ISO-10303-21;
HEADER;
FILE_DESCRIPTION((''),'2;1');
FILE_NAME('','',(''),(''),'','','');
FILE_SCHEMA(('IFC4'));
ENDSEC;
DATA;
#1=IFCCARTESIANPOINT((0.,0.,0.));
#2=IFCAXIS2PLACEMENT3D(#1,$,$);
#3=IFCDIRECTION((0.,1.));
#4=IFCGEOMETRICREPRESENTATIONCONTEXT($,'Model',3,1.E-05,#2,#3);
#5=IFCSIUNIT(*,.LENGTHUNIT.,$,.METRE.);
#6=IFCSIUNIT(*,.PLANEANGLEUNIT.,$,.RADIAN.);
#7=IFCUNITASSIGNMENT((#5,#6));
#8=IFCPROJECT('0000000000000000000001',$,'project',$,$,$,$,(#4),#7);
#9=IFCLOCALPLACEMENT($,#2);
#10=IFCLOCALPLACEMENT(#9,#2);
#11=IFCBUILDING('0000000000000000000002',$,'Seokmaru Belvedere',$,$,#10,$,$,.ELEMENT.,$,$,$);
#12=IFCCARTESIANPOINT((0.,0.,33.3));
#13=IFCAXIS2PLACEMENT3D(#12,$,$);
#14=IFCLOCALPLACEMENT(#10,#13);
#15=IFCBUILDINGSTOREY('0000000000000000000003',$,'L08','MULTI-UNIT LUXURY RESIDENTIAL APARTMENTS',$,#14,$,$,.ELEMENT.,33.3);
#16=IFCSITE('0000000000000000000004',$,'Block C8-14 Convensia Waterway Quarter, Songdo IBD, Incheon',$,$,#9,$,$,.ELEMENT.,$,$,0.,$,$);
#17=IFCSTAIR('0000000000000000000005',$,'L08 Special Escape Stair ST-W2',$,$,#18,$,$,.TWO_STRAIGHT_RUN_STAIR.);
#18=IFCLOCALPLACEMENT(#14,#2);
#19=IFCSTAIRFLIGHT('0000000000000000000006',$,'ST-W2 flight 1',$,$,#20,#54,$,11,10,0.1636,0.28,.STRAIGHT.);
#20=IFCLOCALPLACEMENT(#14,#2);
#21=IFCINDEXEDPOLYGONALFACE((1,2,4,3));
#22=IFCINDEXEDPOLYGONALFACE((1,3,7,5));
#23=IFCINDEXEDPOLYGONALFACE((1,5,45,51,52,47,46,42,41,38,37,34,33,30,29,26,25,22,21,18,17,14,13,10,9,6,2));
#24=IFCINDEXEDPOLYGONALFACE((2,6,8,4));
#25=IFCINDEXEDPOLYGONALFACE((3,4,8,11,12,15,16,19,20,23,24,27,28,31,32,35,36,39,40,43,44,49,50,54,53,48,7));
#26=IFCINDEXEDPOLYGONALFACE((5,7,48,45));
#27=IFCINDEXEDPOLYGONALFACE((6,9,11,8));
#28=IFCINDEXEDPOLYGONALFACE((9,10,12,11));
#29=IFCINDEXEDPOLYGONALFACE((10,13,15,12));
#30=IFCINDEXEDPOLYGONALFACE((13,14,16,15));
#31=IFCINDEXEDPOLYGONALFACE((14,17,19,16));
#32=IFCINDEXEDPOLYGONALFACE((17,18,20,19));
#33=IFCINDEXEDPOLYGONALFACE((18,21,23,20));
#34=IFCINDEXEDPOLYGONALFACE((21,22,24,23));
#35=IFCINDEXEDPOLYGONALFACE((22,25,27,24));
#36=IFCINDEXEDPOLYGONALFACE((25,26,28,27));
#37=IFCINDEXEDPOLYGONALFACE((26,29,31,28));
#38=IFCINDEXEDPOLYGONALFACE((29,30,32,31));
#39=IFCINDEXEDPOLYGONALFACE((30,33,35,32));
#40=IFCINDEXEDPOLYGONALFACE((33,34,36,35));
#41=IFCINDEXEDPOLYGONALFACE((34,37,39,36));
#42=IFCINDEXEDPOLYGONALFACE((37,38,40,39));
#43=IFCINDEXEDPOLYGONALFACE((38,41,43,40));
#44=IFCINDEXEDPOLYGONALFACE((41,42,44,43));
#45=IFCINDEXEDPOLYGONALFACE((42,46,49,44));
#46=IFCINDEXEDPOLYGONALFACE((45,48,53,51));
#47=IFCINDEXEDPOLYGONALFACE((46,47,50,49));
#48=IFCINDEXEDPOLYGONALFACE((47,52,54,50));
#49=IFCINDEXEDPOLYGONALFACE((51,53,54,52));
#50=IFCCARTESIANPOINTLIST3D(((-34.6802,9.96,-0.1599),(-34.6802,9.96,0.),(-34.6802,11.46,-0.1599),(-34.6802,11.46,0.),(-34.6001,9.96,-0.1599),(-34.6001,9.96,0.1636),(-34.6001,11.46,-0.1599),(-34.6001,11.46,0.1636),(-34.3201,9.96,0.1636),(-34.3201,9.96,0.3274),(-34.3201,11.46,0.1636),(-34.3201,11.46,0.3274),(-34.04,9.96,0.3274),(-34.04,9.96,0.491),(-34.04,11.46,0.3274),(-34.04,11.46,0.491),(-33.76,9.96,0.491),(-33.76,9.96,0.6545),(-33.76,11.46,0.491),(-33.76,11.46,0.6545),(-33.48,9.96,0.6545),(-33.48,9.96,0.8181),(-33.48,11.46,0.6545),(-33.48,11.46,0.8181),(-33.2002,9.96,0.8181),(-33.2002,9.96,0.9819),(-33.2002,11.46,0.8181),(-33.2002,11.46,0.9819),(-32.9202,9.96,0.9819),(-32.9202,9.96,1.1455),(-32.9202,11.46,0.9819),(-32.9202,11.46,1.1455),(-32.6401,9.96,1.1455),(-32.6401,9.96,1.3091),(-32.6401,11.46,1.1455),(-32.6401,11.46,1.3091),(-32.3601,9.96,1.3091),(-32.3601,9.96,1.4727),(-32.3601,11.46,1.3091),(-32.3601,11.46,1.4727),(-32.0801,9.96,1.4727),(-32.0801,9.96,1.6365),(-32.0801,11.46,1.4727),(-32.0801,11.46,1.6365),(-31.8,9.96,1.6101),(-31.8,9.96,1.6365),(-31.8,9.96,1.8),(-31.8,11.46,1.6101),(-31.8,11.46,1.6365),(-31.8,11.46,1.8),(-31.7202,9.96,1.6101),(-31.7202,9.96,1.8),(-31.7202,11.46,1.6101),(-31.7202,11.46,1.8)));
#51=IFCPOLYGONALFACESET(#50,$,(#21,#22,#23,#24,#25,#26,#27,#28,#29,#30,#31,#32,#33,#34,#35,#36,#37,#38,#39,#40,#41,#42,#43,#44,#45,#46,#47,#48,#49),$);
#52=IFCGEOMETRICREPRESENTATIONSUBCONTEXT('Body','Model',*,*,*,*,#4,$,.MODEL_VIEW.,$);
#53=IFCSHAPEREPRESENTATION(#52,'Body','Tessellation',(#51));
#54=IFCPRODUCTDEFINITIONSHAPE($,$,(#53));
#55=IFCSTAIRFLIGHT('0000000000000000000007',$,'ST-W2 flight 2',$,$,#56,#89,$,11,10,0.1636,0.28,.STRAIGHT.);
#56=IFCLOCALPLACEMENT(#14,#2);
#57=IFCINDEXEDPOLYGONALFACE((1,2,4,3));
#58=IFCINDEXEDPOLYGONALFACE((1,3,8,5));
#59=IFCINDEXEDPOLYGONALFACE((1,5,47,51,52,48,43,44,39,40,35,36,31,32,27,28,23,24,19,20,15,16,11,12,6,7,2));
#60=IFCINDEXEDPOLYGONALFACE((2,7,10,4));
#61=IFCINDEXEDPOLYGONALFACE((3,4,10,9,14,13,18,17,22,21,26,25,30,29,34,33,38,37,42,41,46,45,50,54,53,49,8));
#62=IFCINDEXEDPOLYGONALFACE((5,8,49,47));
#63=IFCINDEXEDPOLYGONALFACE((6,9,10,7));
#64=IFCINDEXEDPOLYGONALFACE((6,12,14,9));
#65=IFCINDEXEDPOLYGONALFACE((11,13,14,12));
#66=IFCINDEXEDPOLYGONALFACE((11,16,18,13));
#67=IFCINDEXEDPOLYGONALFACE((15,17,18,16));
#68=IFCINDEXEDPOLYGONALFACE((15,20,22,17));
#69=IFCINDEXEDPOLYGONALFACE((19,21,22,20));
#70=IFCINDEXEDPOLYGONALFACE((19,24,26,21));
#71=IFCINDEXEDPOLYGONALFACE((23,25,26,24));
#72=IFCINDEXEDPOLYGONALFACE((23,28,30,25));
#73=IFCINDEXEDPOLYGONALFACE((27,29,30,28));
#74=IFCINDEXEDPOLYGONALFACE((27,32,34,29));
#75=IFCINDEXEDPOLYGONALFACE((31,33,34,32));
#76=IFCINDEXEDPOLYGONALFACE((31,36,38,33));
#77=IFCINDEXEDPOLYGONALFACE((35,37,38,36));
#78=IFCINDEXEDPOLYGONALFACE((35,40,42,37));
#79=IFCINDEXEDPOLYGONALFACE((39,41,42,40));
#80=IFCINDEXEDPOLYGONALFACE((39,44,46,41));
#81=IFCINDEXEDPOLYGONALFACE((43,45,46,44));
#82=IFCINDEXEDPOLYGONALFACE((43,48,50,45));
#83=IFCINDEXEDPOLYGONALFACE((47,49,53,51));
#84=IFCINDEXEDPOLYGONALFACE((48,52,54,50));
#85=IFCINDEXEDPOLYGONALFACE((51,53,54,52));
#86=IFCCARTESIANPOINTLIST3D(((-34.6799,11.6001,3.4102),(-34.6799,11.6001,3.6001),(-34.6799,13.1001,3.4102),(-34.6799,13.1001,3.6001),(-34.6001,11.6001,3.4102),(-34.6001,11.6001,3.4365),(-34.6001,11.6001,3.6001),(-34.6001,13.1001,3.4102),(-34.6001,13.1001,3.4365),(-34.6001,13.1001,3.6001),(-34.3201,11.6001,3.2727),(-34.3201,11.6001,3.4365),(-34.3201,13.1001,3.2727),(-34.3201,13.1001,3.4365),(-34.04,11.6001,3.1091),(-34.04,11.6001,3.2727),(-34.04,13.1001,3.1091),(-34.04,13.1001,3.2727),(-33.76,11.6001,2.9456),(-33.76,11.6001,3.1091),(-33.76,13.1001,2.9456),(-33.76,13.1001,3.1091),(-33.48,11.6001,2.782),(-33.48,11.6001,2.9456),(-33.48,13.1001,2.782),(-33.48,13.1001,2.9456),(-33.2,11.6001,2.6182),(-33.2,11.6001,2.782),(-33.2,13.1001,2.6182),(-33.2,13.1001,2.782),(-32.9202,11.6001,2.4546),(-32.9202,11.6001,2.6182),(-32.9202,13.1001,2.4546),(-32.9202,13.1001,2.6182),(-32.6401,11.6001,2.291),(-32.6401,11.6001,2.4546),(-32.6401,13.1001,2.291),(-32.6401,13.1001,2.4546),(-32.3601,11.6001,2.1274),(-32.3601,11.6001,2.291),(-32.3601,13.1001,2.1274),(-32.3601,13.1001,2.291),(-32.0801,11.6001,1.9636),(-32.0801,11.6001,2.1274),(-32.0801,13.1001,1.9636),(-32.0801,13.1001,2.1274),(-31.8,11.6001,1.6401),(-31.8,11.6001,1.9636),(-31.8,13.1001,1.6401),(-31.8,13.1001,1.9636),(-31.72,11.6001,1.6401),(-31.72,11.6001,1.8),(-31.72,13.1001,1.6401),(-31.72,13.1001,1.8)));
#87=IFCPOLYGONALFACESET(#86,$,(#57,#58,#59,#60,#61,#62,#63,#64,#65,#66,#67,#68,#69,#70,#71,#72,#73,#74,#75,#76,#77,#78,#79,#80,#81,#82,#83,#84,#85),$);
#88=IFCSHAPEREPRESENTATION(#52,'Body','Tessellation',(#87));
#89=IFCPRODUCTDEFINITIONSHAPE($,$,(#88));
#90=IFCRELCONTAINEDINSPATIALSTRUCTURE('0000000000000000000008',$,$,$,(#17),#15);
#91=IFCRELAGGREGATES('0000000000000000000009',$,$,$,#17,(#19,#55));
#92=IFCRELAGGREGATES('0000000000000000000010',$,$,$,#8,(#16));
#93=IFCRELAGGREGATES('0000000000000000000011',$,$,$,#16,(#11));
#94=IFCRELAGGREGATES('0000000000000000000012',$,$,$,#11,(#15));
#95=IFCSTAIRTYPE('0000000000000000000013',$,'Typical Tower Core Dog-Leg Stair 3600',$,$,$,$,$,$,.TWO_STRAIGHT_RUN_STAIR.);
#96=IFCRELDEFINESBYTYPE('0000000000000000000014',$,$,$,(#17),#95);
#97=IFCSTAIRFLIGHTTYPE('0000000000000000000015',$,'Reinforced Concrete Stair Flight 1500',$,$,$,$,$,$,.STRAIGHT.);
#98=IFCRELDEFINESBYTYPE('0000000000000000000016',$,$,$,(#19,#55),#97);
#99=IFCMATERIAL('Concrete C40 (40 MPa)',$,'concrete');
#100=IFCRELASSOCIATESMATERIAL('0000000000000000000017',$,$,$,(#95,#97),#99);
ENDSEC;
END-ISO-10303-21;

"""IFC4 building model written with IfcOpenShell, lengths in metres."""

from ifc_helpers import new_model, si_unit, direction, frame, origin, place, context, subcontext, project, spatial, polyline, outline, extrude, material, type_object, element, aggregate, save


model = new_model("IFC4")

# Units and contexts
model_context = context("Model", 3, precision=1e-05, world=origin(), true_north=direction((0.0, 1.0)))
body_context = subcontext(model_context, "Body", "Model", "MODEL_VIEW")
ifc_project = project(units=[si_unit("LENGTHUNIT", "METRE"), si_unit("PLANEANGLEUNIT", "RADIAN")], contexts=[model_context])

# Site, building, storey
site_placement = place(None, origin())
site = spatial("IfcSite", under=ifc_project, at=site_placement, Name="Block C8-14 Convensia Waterway Quarter, Songdo IBD, Incheon", CompositionType="ELEMENT", RefElevation=0.0)
building_placement = place(site_placement, origin())
building = spatial("IfcBuilding", under=site, at=building_placement, Name="Seokmaru Belvedere", CompositionType="ELEMENT")
storey_placement = place(building_placement, frame((0.0, 0.0, 33.3)))
storey = spatial("IfcBuildingStorey", under=building, at=storey_placement, Name="L08", Description="MULTI-UNIT LUXURY RESIDENTIAL APARTMENTS", CompositionType="ELEMENT", Elevation=33.3)

# Stair, stair flights
ifc_material_1 = material(Name="Concrete C40 (40 MPa)", Category="concrete")
stair_type = type_object("IfcStairType", Name="Typical Tower Core Dog-Leg Stair 3600", PredefinedType="TWO_STRAIGHT_RUN_STAIR", material=ifc_material_1)
stair_placement = place(storey_placement, origin())
stair = element("IfcStair", 1, at=stair_placement, inside=storey, type_object=stair_type, Name="L08 Special Escape Stair ST-W2", PredefinedType="TWO_STRAIGHT_RUN_STAIR")
stair_flight_type = type_object("IfcStairFlightType", Name="Reinforced Concrete Stair Flight 1500", PredefinedType="STRAIGHT", material=ifc_material_1)
stair_flight_1_placement = place(storey_placement, frame((-34.6001, 10.71, 0.0), z_axis=(0.0, 0.0, 1.0), x_axis=(1.0, 0.0, 0.0)))
stair_flight_1 = element("IfcStairFlight", 2, at=stair_flight_1_placement, type_object=stair_flight_type, Name="ST-W2 flight 1", NumberOfRisers=11, NumberOfTreads=10, PredefinedType="STRAIGHT", RiserHeight=0.1636, TreadLength=0.28, context=body_context, shape_type="SweptSolid", body=[
    extrude(outline(polyline([(-0.0801, 0.0), (0.0, 0.1636), (0.28, 0.1636), (0.28, 0.3274), (0.5601, 0.3274), (0.5601, 0.491), (0.8401, 0.491), (0.8401, 0.6545), (1.1201, 0.6545), (1.1201, 0.8181), (1.3999, 0.8181), (1.3999, 0.9819), (1.6799, 0.9819), (1.6799, 1.1455), (1.96, 1.1455), (1.96, 1.3091), (2.24, 1.3091), (2.24, 1.4727), (2.52, 1.4727), (2.52, 1.6365), (2.8, 1.6365), (2.8, 1.8), (2.8799, 1.8), (2.8799, 1.6101), (2.8, 1.6101), (0.0, -0.1599), (-0.0801, -0.1599), (-0.0801, 0.0)])), frame((0.0, 0.75, 0.0), z_axis=(0.0, -1.0, 0.0), x_axis=(1.0, 0.0, 0.0)), (0.0, 0.0, 1.0), 1.5),
])
stair_flight_2_placement = place(storey_placement, frame((-31.8, 12.3501, 1.8), z_axis=(0.0, 0.0, 1.0), x_axis=(-1.0, 0.0, 0.0)))
stair_flight_2 = element("IfcStairFlight", 3, at=stair_flight_2_placement, type_object=stair_flight_type, Name="ST-W2 flight 2", NumberOfRisers=11, NumberOfTreads=10, PredefinedType="STRAIGHT", RiserHeight=0.1636, TreadLength=0.28, context=body_context, shape_type="SweptSolid", body=[
    extrude(outline(polyline([(-0.0801, 0.0), (0.0, 0.1636), (0.28, 0.1636), (0.28, 0.3274), (0.5601, 0.3274), (0.5601, 0.491), (0.8401, 0.491), (0.8401, 0.6545), (1.1201, 0.6545), (1.1201, 0.8181), (1.3999, 0.8181), (1.3999, 0.9819), (1.6799, 0.9819), (1.6799, 1.1455), (1.96, 1.1455), (1.96, 1.3091), (2.24, 1.3091), (2.24, 1.4727), (2.52, 1.4727), (2.52, 1.6365), (2.8, 1.6365), (2.8, 1.8), (2.8799, 1.8), (2.8799, 1.6101), (2.8, 1.6101), (0.0, -0.1599), (-0.0801, -0.1599), (-0.0801, 0.0)])), frame((0.0, 0.75, 0.0), z_axis=(0.0, -1.0, 0.0), x_axis=(1.0, 0.0, 0.0)), (0.0, 0.0, 1.0), 1.5),
])
aggregate(stair, [stair_flight_1, stair_flight_2])

save(model, "model.ifc")
